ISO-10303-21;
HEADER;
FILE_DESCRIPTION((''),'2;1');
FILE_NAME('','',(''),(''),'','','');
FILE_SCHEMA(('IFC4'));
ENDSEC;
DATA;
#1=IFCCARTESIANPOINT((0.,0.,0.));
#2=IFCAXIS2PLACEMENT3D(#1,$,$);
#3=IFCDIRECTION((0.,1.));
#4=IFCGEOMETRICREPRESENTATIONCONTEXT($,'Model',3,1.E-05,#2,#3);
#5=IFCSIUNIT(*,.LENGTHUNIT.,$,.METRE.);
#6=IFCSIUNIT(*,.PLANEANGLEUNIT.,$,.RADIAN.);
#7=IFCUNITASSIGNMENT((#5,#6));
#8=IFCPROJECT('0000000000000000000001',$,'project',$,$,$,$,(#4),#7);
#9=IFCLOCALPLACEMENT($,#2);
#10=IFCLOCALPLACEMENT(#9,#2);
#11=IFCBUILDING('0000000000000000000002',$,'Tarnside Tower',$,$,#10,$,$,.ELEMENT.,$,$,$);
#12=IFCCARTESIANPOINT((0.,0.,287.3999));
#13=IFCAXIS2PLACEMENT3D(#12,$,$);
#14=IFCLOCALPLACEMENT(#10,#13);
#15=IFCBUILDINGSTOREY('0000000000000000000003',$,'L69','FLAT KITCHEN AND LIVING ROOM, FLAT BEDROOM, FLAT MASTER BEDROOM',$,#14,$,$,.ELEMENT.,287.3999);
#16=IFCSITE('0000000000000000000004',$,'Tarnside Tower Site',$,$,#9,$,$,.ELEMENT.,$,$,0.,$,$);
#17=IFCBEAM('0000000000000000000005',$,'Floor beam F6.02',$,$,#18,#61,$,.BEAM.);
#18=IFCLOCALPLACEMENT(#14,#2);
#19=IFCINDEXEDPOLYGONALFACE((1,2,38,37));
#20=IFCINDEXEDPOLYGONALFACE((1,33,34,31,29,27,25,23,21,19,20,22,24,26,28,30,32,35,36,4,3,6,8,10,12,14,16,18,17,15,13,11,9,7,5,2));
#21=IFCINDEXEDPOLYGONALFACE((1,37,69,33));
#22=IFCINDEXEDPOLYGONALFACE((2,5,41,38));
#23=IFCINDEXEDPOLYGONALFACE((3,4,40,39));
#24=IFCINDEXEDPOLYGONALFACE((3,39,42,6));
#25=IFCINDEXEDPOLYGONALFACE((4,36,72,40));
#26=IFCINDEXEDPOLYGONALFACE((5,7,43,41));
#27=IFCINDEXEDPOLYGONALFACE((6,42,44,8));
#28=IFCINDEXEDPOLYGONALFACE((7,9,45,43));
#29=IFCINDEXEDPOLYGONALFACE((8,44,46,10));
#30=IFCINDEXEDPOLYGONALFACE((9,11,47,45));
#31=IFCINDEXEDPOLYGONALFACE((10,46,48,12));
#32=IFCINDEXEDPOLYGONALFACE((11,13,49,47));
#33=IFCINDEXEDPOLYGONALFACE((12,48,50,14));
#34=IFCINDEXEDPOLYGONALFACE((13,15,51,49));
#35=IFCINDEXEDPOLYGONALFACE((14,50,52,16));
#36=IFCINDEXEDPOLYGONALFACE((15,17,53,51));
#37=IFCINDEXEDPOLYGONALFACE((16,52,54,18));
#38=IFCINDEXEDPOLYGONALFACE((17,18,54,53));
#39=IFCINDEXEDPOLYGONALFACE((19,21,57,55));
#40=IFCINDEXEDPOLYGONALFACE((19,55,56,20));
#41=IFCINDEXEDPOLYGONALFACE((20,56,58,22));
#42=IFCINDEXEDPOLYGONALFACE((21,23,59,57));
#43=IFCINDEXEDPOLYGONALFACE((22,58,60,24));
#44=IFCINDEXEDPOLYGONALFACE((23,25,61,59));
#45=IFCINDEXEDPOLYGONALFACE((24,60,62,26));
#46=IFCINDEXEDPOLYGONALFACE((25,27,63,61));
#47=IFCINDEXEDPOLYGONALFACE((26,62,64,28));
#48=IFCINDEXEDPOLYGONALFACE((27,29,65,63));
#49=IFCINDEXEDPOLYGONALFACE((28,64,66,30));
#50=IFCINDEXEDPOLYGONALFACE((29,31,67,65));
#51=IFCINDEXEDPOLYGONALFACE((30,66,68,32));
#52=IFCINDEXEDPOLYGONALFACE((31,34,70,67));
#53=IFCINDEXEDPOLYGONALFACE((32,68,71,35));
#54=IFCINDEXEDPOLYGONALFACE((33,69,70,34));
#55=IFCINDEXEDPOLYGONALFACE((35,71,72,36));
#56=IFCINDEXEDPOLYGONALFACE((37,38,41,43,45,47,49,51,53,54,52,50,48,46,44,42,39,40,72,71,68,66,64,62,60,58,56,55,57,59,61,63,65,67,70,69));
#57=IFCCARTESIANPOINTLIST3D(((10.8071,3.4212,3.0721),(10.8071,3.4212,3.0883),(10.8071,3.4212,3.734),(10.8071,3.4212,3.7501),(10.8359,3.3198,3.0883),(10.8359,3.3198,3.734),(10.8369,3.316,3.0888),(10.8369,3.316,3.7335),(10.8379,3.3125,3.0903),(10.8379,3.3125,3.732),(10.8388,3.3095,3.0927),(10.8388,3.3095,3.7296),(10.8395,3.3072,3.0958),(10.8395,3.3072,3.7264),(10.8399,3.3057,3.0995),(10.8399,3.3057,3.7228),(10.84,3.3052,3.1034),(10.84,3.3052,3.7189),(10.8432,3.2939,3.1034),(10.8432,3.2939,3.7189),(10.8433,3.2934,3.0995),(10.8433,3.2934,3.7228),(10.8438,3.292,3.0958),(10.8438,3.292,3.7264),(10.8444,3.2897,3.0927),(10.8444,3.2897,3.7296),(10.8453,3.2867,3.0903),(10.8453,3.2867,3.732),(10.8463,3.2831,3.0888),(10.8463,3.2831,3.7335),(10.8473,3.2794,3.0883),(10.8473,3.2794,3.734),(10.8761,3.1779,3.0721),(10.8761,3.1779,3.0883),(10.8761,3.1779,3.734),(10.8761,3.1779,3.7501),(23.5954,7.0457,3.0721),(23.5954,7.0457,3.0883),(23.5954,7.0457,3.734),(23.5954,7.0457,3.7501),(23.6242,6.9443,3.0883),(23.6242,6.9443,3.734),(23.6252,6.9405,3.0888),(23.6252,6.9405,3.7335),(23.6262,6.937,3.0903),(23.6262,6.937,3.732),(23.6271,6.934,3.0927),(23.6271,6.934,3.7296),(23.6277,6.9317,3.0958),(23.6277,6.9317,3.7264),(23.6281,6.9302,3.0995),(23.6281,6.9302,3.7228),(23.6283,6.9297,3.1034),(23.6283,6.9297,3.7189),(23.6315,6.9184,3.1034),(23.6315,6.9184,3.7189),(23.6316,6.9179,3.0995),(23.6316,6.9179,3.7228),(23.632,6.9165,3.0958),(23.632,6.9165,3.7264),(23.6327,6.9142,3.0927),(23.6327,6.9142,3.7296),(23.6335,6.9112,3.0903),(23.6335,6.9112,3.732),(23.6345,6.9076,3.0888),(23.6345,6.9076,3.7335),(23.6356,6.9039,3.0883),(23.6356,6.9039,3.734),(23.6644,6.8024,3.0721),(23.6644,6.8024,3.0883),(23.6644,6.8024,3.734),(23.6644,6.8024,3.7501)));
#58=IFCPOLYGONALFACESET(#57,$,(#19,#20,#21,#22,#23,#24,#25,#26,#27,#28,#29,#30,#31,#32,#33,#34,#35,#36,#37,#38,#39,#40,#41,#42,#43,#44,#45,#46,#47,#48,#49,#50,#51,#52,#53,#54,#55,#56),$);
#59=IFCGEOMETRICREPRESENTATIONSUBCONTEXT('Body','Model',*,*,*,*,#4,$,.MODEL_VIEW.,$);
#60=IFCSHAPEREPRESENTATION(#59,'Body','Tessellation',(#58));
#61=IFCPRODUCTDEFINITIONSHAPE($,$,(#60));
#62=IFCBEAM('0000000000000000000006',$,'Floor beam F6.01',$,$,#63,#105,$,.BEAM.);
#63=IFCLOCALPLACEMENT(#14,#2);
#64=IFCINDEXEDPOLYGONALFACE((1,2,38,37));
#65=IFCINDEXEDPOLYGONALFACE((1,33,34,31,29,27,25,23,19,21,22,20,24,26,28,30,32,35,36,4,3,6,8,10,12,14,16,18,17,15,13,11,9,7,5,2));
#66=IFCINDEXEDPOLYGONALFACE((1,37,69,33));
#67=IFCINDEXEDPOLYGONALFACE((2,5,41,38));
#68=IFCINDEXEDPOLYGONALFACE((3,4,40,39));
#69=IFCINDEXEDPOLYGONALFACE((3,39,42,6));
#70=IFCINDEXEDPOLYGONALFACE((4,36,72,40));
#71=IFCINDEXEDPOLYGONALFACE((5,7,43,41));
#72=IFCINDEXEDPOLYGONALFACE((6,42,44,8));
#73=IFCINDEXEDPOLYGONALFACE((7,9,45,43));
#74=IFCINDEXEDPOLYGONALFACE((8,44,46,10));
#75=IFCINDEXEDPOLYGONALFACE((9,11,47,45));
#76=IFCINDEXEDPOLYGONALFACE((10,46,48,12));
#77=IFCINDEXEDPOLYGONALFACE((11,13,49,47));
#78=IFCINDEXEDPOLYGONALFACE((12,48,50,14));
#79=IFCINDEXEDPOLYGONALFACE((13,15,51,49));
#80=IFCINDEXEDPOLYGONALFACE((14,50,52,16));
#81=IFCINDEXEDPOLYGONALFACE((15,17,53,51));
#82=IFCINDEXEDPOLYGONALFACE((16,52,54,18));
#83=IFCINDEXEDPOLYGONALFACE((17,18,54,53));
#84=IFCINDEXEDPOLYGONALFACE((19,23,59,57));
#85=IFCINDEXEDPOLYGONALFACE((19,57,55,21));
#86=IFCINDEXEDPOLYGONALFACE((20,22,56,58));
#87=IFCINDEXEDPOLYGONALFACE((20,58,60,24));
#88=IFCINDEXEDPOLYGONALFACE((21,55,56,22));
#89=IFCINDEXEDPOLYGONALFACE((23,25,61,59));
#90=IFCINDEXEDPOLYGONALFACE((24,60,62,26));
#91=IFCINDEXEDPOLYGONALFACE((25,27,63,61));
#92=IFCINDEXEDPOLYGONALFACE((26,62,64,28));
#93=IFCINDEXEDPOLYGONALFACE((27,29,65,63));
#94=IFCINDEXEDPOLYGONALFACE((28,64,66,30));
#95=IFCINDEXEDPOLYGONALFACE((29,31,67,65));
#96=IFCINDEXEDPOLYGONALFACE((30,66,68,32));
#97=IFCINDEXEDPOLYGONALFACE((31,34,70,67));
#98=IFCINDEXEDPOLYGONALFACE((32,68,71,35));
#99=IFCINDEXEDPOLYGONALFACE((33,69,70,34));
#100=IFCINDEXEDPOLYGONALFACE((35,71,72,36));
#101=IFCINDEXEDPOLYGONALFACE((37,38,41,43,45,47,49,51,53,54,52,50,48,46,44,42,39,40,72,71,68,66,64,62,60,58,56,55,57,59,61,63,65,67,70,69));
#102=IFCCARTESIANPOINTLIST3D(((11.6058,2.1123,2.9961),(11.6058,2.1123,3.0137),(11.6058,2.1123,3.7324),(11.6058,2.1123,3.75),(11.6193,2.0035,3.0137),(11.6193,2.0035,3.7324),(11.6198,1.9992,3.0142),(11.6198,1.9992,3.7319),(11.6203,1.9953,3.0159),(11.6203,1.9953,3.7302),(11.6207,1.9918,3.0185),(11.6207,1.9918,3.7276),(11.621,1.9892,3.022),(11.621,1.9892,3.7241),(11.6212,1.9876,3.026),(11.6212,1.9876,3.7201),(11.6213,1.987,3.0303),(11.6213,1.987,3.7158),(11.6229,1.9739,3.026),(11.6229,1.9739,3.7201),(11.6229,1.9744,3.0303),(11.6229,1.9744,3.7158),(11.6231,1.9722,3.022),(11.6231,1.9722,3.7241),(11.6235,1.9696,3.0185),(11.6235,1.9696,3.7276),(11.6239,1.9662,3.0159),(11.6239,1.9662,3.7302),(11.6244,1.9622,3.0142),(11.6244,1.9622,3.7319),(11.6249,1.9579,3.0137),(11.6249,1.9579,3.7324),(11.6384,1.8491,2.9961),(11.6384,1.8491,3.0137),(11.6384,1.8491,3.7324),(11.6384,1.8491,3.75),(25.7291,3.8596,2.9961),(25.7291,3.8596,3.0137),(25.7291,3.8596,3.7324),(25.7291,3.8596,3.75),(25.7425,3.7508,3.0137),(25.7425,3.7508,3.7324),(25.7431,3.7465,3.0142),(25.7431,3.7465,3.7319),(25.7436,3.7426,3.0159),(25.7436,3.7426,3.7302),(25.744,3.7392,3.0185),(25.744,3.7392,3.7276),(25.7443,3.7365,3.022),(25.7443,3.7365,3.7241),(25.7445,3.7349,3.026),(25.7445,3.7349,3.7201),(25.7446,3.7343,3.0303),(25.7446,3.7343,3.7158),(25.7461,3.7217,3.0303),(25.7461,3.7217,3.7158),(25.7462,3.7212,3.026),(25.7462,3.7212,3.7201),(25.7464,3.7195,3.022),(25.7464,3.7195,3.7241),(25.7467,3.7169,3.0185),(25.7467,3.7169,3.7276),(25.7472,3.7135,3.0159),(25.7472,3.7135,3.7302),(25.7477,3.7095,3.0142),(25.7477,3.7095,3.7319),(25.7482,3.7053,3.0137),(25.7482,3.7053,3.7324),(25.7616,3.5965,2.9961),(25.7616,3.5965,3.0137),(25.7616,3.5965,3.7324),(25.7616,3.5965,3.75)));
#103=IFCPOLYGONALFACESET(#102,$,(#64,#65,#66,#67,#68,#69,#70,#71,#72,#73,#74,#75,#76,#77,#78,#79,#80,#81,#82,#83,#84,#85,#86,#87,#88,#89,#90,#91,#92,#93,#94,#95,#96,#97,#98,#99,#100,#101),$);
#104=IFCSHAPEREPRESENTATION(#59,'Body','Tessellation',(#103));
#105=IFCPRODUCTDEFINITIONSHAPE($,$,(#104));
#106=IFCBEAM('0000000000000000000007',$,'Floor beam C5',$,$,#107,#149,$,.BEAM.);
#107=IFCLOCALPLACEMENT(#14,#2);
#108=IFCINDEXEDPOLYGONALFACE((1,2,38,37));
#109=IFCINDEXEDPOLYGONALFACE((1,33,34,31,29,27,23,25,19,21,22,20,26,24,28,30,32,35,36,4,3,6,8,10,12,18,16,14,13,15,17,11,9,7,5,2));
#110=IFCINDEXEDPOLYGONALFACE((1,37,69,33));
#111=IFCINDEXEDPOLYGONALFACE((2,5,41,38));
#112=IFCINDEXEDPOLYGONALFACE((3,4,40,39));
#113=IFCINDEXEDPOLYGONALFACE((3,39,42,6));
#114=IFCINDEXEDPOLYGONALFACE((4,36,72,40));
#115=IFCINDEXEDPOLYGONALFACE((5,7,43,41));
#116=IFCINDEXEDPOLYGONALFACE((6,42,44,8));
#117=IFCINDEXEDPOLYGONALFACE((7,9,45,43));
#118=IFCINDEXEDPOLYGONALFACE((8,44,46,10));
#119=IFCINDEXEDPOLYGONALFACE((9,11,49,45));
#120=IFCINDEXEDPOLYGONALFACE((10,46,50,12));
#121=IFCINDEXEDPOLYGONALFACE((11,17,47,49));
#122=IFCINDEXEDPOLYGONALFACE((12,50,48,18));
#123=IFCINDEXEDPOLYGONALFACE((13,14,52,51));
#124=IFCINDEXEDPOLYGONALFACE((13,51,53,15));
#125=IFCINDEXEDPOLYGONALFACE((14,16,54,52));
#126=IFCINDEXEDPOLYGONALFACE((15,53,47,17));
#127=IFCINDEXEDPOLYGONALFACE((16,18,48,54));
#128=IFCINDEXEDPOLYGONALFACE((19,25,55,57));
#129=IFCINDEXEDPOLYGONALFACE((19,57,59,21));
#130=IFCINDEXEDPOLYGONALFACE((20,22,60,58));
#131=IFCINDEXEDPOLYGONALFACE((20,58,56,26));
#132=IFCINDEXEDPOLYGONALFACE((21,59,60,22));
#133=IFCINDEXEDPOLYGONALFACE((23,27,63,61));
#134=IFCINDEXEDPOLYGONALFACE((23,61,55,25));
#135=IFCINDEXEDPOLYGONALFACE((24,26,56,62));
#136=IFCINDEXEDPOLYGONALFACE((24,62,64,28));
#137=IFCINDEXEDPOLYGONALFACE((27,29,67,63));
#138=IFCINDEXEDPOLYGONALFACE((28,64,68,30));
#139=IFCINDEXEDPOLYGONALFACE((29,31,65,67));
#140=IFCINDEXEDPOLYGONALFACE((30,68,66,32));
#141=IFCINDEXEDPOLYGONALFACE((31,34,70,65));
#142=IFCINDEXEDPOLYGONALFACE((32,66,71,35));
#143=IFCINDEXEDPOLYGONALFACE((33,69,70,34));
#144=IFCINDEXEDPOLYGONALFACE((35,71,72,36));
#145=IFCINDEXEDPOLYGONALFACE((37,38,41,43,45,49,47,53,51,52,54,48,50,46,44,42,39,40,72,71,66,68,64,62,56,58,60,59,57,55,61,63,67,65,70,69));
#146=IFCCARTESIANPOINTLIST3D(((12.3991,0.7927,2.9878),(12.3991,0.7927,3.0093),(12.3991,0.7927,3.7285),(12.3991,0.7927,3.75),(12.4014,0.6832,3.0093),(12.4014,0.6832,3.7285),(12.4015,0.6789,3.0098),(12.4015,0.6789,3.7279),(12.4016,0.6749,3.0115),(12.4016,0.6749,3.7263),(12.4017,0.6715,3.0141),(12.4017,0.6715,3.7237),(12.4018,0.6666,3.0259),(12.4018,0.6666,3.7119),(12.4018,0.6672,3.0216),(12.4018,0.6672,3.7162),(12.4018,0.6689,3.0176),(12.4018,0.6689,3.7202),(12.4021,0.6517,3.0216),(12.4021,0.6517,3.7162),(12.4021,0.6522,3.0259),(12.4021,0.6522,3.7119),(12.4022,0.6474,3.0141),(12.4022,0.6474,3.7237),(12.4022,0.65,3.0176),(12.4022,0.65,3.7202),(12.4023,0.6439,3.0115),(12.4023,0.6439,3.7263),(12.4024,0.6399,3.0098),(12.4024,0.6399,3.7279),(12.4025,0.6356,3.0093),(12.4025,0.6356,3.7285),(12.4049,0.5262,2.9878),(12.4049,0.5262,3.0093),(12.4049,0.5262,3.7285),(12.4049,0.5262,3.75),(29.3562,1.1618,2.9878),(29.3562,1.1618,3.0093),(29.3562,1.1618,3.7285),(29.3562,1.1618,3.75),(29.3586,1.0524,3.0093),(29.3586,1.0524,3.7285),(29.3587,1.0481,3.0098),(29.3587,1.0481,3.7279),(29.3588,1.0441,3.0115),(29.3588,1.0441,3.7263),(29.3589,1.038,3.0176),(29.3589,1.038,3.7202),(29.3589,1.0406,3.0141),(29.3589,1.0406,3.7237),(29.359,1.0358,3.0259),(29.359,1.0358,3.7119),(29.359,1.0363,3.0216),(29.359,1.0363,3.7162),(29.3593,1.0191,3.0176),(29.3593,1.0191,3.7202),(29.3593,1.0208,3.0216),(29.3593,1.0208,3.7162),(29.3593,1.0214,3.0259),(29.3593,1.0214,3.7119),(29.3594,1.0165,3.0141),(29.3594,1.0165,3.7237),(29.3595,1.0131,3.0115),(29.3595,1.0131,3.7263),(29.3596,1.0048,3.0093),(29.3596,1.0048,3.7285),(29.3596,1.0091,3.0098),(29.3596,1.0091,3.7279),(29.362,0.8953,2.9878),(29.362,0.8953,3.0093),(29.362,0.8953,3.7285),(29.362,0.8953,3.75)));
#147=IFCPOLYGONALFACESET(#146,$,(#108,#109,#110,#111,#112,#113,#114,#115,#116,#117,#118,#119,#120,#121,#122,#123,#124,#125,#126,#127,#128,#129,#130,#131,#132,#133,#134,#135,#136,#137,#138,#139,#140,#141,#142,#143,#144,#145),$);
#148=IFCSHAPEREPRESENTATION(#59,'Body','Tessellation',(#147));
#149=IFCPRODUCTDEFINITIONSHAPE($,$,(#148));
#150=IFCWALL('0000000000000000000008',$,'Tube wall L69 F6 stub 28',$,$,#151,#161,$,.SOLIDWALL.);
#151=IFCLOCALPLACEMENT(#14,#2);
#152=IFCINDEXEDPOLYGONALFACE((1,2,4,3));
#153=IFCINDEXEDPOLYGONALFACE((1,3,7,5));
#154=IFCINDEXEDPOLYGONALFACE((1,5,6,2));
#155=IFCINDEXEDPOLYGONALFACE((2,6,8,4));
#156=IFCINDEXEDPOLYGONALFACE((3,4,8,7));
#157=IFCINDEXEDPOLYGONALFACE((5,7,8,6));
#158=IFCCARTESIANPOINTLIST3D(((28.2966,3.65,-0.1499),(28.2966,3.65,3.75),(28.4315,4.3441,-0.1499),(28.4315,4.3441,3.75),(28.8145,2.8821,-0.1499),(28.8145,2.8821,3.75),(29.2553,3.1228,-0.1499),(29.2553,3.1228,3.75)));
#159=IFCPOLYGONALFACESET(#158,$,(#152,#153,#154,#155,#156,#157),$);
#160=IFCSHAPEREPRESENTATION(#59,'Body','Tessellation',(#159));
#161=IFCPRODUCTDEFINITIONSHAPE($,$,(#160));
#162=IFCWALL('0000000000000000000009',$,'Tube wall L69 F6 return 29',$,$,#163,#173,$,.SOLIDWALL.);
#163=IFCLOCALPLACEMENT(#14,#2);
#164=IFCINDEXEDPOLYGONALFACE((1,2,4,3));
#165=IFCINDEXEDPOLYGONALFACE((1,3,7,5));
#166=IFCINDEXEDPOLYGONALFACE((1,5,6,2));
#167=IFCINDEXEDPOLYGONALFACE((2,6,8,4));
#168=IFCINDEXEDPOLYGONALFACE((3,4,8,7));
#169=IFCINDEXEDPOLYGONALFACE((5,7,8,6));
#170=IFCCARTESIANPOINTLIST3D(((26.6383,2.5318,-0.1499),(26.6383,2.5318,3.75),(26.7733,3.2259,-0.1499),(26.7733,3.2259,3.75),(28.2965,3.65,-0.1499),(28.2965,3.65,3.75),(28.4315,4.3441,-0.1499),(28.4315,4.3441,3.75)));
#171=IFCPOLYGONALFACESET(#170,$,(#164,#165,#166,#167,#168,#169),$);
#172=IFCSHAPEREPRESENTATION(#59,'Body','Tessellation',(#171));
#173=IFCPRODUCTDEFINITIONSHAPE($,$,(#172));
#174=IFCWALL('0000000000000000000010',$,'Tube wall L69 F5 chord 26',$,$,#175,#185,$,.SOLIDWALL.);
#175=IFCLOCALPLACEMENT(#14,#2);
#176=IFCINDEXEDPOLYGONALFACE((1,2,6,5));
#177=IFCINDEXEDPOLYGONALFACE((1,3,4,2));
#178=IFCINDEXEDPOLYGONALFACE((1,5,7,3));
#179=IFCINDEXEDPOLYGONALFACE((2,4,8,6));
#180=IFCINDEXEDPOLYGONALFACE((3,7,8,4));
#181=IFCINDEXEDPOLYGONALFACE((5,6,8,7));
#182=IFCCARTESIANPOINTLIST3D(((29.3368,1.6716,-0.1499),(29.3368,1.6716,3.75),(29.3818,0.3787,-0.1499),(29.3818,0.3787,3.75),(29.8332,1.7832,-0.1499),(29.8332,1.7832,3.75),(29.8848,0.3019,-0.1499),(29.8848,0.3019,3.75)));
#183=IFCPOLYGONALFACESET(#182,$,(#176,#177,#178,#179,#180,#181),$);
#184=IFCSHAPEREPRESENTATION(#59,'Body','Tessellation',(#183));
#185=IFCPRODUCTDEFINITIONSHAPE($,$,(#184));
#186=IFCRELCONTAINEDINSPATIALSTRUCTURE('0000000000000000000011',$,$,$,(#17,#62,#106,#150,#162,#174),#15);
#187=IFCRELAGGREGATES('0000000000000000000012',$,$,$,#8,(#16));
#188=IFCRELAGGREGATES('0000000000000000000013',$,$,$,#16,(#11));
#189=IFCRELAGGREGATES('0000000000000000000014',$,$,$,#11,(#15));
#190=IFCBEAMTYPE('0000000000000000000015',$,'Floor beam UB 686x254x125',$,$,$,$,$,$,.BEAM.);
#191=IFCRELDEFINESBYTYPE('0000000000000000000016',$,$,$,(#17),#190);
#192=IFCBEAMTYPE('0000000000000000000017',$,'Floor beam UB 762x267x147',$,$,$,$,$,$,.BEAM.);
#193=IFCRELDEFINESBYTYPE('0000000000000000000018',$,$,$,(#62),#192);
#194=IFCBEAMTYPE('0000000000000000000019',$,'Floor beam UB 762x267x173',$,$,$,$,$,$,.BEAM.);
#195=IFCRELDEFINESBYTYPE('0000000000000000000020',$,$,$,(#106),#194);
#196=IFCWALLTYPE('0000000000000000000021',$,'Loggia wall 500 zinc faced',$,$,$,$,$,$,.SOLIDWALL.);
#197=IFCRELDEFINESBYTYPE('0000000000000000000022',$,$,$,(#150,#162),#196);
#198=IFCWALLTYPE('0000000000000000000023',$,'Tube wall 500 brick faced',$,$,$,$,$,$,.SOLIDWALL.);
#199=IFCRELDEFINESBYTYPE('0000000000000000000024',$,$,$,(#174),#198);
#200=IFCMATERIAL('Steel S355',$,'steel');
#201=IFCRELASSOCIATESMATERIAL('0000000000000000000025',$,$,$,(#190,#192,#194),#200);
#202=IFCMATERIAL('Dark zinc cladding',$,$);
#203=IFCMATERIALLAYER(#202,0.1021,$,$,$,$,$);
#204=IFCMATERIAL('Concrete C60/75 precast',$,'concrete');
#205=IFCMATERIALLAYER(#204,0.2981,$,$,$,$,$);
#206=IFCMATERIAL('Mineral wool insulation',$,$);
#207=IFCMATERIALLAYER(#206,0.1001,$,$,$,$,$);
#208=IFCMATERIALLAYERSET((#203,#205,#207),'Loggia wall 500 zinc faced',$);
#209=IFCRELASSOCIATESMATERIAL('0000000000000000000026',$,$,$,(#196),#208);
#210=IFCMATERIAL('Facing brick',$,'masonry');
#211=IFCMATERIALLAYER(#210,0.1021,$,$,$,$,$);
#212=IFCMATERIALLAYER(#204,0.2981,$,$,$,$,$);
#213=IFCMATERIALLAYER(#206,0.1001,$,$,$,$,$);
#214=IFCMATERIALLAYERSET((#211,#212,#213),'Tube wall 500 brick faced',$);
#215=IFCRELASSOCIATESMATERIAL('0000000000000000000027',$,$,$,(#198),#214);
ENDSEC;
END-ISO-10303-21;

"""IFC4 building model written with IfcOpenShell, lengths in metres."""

from ifc_helpers import new_model, si_unit, direction, frame, origin, origin_2d, place, context, subcontext, project, spatial, polyline, i_section, outline, extrude, material, layer, layer_set, material_profile, profile_set, type_object, element, save


model = new_model("IFC4")

# Units and contexts
model_context = context("Model", 3, precision=1e-05, world=origin(), true_north=direction((0.0, 1.0)))
body_context = subcontext(model_context, "Body", "Model", "MODEL_VIEW")
ifc_project = project(units=[si_unit("LENGTHUNIT", "METRE"), si_unit("PLANEANGLEUNIT", "RADIAN")], contexts=[model_context])

# Site, building, storey
site_placement = place(None, origin())
site = spatial("IfcSite", under=ifc_project, at=site_placement, Name="Tarnside Tower Site", CompositionType="ELEMENT", RefElevation=0.0)
building_placement = place(site_placement, origin())
building = spatial("IfcBuilding", under=site, at=building_placement, Name="Tarnside Tower", CompositionType="ELEMENT")
storey_placement = place(building_placement, frame((0.0, 0.0, 287.3999)))
storey = spatial("IfcBuildingStorey", under=building, at=storey_placement, Name="L69", Description="FLAT KITCHEN AND LIVING ROOM, FLAT BEDROOM, FLAT MASTER BEDROOM", CompositionType="ELEMENT", Elevation=287.3999)

# Beams
ifc_material_1 = material(Name="Steel S355", Category="steel")
ifc_material_profile_1 = material_profile(ifc_material_1, i_section(OverallWidth=0.2529, OverallDepth=0.678, WebThickness=0.0117, FlangeThickness=0.0161, FilletRadius=0.0151, at=origin_2d()), Name="UB 686x254x125")
ifc_profile_set_1 = profile_set([ifc_material_profile_1], Name="Steel S355")
beam_type_1 = type_object("IfcBeamType", Name="Floor beam UB 686x254x125", PredefinedType="BEAM", material=ifc_profile_set_1)
beam_1_placement = place(storey_placement, frame((23.6299, 6.9241, 3.4111), z_axis=(-0.962104, -0.272683, 0.0), x_axis=(0.272683, -0.962104, 0.0)))
element("IfcBeam", 1, at=beam_1_placement, inside=storey, type_object=beam_type_1, Name="Floor beam F6.02", PredefinedType="BEAM", context=body_context, shape_type="SweptSolid", body=[
    extrude(i_section(OverallWidth=0.2529, OverallDepth=0.678, WebThickness=0.0117, FlangeThickness=0.0161, FilletRadius=0.0151, at=origin_2d()), origin(), (0.0, 0.0, 1.0), 13.292),
])
ifc_material_profile_2 = material_profile(ifc_material_1, i_section(OverallWidth=0.2651, OverallDepth=0.7539, WebThickness=0.0127, FlangeThickness=0.0176, FilletRadius=0.0166, at=origin_2d()), Name="UB 762x267x147")
ifc_profile_set_2 = profile_set([ifc_material_profile_2], Name="Steel S355")
beam_type_2 = type_object("IfcBeamType", Name="Floor beam UB 762x267x147", PredefinedType="BEAM", material=ifc_profile_set_2)
beam_2_placement = place(storey_placement, frame((25.7454, 3.728, 3.373), z_axis=(-0.992434, -0.122783, 0.0), x_axis=(0.122783, -0.992434, 0.0)))
element("IfcBeam", 2, at=beam_2_placement, inside=storey, type_object=beam_type_2, Name="Floor beam F6.01", PredefinedType="BEAM", context=body_context, shape_type="SweptSolid", body=[
    extrude(i_section(OverallWidth=0.2651, OverallDepth=0.7539, WebThickness=0.0127, FlangeThickness=0.0176, FilletRadius=0.0166, at=origin_2d()), origin(), (0.0, 0.0, 1.0), 14.231),
])
ifc_material_profile_3 = material_profile(ifc_material_1, i_section(OverallWidth=0.2666, OverallDepth=0.7622, WebThickness=0.0144, FlangeThickness=0.0215, FilletRadius=0.0166, at=origin_2d()), Name="UB 762x267x173")
ifc_profile_set_3 = profile_set([ifc_material_profile_3], Name="Steel S355")
beam_type_3 = type_object("IfcBeamType", Name="Floor beam UB 762x267x173", PredefinedType="BEAM", material=ifc_profile_set_3)
beam_3_placement = place(storey_placement, frame((29.3591, 1.0286, 3.3689), z_axis=(-0.999763, -0.021764, 0.0), x_axis=(0.021764, -0.999763, 0.0)))
element("IfcBeam", 3, at=beam_3_placement, inside=storey, type_object=beam_type_3, Name="Floor beam C5", PredefinedType="BEAM", context=body_context, shape_type="SweptSolid", body=[
    extrude(i_section(OverallWidth=0.2666, OverallDepth=0.7622, WebThickness=0.0144, FlangeThickness=0.0215, FilletRadius=0.0166, at=origin_2d()), origin(), (0.0, 0.0, 1.0), 16.9612),
])

# Walls
ifc_material_2 = material(Name="Dark zinc cladding")
ifc_layer_1 = layer(ifc_material_2, 0.1021)
ifc_material_3 = material(Name="Concrete C60/75 precast", Category="concrete")
ifc_layer_2 = layer(ifc_material_3, 0.2981)
ifc_material_4 = material(Name="Mineral wool insulation")
ifc_layer_3 = layer(ifc_material_4, 0.1001)
ifc_layer_set_1 = layer_set([ifc_layer_1, ifc_layer_2, ifc_layer_3], Name="Loggia wall 500 zinc faced")
wall_type_1 = type_object("IfcWallType", Name="Loggia wall 500 zinc faced", PredefinedType="SOLIDWALL", material=ifc_layer_set_1)
wall_1_placement = place(storey_placement, frame((29.0349, 3.0024, -0.1499), z_axis=(0.0, 0.0, 1.0), x_axis=(-0.5592, 0.829033, 0.0)))
element("IfcWall", 4, at=wall_1_placement, inside=storey, type_object=wall_type_1, Name="Tube wall L69 F6 stub 28", PredefinedType="SOLIDWALL", context=body_context, shape_type="SweptSolid", body=[
    extrude(outline(polyline([(-0.0234, -0.25), (1.4497, -0.25), (0.9497, 0.25), (0.0234, 0.25), (-0.0234, -0.25)])), origin(), (0.0, 0.0, 1.0), 3.8999),
])
wall_2_placement = place(storey_placement, frame((28.364, 3.9971, -0.1499), z_axis=(0.0, 0.0, 1.0), x_axis=(-0.829109, -0.559087, 0.0)))
element("IfcWall", 5, at=wall_2_placement, inside=storey, type_object=wall_type_1, Name="Tube wall L69 F6 return 29", PredefinedType="SOLIDWALL", context=body_context, shape_type="SweptSolid", body=[
    extrude(outline(polyline([(-0.25, -0.25), (1.75, -0.25), (2.25, 0.25), (0.25, 0.25), (-0.25, -0.25)])), origin(), (0.0, 0.0, 1.0), 3.8999),
])

# Wall
ifc_material_5 = material(Name="Facing brick", Category="masonry")
ifc_layer_4 = layer(ifc_material_5, 0.1021)
ifc_layer_5 = layer(ifc_material_3, 0.2981)
ifc_layer_6 = layer(ifc_material_4, 0.1001)
ifc_layer_set_2 = layer_set([ifc_layer_4, ifc_layer_5, ifc_layer_6], Name="Tube wall 500 brick faced")
wall_type_2 = type_object("IfcWallType", Name="Tube wall 500 brick faced", PredefinedType="SOLIDWALL", material=ifc_layer_set_2)
wall_3_placement = place(storey_placement, frame((29.6333, 0.3403, -0.1499), z_axis=(0.0, 0.0, 1.0), x_axis=(-0.034826, 0.999393, 0.0)))
element("IfcWall", 6, at=wall_3_placement, inside=storey, type_object=wall_type_2, Name="Tube wall L69 F5 chord 26", PredefinedType="SOLIDWALL", context=body_context, shape_type="SweptSolid", body=[
    extrude(outline(polyline([(-0.0471, -0.25), (1.4351, -0.25), (1.3408, 0.25), (0.0471, 0.25), (-0.0471, -0.25)])), origin(), (0.0, 0.0, 1.0), 3.8999),
])

save(model, "model.ifc")
